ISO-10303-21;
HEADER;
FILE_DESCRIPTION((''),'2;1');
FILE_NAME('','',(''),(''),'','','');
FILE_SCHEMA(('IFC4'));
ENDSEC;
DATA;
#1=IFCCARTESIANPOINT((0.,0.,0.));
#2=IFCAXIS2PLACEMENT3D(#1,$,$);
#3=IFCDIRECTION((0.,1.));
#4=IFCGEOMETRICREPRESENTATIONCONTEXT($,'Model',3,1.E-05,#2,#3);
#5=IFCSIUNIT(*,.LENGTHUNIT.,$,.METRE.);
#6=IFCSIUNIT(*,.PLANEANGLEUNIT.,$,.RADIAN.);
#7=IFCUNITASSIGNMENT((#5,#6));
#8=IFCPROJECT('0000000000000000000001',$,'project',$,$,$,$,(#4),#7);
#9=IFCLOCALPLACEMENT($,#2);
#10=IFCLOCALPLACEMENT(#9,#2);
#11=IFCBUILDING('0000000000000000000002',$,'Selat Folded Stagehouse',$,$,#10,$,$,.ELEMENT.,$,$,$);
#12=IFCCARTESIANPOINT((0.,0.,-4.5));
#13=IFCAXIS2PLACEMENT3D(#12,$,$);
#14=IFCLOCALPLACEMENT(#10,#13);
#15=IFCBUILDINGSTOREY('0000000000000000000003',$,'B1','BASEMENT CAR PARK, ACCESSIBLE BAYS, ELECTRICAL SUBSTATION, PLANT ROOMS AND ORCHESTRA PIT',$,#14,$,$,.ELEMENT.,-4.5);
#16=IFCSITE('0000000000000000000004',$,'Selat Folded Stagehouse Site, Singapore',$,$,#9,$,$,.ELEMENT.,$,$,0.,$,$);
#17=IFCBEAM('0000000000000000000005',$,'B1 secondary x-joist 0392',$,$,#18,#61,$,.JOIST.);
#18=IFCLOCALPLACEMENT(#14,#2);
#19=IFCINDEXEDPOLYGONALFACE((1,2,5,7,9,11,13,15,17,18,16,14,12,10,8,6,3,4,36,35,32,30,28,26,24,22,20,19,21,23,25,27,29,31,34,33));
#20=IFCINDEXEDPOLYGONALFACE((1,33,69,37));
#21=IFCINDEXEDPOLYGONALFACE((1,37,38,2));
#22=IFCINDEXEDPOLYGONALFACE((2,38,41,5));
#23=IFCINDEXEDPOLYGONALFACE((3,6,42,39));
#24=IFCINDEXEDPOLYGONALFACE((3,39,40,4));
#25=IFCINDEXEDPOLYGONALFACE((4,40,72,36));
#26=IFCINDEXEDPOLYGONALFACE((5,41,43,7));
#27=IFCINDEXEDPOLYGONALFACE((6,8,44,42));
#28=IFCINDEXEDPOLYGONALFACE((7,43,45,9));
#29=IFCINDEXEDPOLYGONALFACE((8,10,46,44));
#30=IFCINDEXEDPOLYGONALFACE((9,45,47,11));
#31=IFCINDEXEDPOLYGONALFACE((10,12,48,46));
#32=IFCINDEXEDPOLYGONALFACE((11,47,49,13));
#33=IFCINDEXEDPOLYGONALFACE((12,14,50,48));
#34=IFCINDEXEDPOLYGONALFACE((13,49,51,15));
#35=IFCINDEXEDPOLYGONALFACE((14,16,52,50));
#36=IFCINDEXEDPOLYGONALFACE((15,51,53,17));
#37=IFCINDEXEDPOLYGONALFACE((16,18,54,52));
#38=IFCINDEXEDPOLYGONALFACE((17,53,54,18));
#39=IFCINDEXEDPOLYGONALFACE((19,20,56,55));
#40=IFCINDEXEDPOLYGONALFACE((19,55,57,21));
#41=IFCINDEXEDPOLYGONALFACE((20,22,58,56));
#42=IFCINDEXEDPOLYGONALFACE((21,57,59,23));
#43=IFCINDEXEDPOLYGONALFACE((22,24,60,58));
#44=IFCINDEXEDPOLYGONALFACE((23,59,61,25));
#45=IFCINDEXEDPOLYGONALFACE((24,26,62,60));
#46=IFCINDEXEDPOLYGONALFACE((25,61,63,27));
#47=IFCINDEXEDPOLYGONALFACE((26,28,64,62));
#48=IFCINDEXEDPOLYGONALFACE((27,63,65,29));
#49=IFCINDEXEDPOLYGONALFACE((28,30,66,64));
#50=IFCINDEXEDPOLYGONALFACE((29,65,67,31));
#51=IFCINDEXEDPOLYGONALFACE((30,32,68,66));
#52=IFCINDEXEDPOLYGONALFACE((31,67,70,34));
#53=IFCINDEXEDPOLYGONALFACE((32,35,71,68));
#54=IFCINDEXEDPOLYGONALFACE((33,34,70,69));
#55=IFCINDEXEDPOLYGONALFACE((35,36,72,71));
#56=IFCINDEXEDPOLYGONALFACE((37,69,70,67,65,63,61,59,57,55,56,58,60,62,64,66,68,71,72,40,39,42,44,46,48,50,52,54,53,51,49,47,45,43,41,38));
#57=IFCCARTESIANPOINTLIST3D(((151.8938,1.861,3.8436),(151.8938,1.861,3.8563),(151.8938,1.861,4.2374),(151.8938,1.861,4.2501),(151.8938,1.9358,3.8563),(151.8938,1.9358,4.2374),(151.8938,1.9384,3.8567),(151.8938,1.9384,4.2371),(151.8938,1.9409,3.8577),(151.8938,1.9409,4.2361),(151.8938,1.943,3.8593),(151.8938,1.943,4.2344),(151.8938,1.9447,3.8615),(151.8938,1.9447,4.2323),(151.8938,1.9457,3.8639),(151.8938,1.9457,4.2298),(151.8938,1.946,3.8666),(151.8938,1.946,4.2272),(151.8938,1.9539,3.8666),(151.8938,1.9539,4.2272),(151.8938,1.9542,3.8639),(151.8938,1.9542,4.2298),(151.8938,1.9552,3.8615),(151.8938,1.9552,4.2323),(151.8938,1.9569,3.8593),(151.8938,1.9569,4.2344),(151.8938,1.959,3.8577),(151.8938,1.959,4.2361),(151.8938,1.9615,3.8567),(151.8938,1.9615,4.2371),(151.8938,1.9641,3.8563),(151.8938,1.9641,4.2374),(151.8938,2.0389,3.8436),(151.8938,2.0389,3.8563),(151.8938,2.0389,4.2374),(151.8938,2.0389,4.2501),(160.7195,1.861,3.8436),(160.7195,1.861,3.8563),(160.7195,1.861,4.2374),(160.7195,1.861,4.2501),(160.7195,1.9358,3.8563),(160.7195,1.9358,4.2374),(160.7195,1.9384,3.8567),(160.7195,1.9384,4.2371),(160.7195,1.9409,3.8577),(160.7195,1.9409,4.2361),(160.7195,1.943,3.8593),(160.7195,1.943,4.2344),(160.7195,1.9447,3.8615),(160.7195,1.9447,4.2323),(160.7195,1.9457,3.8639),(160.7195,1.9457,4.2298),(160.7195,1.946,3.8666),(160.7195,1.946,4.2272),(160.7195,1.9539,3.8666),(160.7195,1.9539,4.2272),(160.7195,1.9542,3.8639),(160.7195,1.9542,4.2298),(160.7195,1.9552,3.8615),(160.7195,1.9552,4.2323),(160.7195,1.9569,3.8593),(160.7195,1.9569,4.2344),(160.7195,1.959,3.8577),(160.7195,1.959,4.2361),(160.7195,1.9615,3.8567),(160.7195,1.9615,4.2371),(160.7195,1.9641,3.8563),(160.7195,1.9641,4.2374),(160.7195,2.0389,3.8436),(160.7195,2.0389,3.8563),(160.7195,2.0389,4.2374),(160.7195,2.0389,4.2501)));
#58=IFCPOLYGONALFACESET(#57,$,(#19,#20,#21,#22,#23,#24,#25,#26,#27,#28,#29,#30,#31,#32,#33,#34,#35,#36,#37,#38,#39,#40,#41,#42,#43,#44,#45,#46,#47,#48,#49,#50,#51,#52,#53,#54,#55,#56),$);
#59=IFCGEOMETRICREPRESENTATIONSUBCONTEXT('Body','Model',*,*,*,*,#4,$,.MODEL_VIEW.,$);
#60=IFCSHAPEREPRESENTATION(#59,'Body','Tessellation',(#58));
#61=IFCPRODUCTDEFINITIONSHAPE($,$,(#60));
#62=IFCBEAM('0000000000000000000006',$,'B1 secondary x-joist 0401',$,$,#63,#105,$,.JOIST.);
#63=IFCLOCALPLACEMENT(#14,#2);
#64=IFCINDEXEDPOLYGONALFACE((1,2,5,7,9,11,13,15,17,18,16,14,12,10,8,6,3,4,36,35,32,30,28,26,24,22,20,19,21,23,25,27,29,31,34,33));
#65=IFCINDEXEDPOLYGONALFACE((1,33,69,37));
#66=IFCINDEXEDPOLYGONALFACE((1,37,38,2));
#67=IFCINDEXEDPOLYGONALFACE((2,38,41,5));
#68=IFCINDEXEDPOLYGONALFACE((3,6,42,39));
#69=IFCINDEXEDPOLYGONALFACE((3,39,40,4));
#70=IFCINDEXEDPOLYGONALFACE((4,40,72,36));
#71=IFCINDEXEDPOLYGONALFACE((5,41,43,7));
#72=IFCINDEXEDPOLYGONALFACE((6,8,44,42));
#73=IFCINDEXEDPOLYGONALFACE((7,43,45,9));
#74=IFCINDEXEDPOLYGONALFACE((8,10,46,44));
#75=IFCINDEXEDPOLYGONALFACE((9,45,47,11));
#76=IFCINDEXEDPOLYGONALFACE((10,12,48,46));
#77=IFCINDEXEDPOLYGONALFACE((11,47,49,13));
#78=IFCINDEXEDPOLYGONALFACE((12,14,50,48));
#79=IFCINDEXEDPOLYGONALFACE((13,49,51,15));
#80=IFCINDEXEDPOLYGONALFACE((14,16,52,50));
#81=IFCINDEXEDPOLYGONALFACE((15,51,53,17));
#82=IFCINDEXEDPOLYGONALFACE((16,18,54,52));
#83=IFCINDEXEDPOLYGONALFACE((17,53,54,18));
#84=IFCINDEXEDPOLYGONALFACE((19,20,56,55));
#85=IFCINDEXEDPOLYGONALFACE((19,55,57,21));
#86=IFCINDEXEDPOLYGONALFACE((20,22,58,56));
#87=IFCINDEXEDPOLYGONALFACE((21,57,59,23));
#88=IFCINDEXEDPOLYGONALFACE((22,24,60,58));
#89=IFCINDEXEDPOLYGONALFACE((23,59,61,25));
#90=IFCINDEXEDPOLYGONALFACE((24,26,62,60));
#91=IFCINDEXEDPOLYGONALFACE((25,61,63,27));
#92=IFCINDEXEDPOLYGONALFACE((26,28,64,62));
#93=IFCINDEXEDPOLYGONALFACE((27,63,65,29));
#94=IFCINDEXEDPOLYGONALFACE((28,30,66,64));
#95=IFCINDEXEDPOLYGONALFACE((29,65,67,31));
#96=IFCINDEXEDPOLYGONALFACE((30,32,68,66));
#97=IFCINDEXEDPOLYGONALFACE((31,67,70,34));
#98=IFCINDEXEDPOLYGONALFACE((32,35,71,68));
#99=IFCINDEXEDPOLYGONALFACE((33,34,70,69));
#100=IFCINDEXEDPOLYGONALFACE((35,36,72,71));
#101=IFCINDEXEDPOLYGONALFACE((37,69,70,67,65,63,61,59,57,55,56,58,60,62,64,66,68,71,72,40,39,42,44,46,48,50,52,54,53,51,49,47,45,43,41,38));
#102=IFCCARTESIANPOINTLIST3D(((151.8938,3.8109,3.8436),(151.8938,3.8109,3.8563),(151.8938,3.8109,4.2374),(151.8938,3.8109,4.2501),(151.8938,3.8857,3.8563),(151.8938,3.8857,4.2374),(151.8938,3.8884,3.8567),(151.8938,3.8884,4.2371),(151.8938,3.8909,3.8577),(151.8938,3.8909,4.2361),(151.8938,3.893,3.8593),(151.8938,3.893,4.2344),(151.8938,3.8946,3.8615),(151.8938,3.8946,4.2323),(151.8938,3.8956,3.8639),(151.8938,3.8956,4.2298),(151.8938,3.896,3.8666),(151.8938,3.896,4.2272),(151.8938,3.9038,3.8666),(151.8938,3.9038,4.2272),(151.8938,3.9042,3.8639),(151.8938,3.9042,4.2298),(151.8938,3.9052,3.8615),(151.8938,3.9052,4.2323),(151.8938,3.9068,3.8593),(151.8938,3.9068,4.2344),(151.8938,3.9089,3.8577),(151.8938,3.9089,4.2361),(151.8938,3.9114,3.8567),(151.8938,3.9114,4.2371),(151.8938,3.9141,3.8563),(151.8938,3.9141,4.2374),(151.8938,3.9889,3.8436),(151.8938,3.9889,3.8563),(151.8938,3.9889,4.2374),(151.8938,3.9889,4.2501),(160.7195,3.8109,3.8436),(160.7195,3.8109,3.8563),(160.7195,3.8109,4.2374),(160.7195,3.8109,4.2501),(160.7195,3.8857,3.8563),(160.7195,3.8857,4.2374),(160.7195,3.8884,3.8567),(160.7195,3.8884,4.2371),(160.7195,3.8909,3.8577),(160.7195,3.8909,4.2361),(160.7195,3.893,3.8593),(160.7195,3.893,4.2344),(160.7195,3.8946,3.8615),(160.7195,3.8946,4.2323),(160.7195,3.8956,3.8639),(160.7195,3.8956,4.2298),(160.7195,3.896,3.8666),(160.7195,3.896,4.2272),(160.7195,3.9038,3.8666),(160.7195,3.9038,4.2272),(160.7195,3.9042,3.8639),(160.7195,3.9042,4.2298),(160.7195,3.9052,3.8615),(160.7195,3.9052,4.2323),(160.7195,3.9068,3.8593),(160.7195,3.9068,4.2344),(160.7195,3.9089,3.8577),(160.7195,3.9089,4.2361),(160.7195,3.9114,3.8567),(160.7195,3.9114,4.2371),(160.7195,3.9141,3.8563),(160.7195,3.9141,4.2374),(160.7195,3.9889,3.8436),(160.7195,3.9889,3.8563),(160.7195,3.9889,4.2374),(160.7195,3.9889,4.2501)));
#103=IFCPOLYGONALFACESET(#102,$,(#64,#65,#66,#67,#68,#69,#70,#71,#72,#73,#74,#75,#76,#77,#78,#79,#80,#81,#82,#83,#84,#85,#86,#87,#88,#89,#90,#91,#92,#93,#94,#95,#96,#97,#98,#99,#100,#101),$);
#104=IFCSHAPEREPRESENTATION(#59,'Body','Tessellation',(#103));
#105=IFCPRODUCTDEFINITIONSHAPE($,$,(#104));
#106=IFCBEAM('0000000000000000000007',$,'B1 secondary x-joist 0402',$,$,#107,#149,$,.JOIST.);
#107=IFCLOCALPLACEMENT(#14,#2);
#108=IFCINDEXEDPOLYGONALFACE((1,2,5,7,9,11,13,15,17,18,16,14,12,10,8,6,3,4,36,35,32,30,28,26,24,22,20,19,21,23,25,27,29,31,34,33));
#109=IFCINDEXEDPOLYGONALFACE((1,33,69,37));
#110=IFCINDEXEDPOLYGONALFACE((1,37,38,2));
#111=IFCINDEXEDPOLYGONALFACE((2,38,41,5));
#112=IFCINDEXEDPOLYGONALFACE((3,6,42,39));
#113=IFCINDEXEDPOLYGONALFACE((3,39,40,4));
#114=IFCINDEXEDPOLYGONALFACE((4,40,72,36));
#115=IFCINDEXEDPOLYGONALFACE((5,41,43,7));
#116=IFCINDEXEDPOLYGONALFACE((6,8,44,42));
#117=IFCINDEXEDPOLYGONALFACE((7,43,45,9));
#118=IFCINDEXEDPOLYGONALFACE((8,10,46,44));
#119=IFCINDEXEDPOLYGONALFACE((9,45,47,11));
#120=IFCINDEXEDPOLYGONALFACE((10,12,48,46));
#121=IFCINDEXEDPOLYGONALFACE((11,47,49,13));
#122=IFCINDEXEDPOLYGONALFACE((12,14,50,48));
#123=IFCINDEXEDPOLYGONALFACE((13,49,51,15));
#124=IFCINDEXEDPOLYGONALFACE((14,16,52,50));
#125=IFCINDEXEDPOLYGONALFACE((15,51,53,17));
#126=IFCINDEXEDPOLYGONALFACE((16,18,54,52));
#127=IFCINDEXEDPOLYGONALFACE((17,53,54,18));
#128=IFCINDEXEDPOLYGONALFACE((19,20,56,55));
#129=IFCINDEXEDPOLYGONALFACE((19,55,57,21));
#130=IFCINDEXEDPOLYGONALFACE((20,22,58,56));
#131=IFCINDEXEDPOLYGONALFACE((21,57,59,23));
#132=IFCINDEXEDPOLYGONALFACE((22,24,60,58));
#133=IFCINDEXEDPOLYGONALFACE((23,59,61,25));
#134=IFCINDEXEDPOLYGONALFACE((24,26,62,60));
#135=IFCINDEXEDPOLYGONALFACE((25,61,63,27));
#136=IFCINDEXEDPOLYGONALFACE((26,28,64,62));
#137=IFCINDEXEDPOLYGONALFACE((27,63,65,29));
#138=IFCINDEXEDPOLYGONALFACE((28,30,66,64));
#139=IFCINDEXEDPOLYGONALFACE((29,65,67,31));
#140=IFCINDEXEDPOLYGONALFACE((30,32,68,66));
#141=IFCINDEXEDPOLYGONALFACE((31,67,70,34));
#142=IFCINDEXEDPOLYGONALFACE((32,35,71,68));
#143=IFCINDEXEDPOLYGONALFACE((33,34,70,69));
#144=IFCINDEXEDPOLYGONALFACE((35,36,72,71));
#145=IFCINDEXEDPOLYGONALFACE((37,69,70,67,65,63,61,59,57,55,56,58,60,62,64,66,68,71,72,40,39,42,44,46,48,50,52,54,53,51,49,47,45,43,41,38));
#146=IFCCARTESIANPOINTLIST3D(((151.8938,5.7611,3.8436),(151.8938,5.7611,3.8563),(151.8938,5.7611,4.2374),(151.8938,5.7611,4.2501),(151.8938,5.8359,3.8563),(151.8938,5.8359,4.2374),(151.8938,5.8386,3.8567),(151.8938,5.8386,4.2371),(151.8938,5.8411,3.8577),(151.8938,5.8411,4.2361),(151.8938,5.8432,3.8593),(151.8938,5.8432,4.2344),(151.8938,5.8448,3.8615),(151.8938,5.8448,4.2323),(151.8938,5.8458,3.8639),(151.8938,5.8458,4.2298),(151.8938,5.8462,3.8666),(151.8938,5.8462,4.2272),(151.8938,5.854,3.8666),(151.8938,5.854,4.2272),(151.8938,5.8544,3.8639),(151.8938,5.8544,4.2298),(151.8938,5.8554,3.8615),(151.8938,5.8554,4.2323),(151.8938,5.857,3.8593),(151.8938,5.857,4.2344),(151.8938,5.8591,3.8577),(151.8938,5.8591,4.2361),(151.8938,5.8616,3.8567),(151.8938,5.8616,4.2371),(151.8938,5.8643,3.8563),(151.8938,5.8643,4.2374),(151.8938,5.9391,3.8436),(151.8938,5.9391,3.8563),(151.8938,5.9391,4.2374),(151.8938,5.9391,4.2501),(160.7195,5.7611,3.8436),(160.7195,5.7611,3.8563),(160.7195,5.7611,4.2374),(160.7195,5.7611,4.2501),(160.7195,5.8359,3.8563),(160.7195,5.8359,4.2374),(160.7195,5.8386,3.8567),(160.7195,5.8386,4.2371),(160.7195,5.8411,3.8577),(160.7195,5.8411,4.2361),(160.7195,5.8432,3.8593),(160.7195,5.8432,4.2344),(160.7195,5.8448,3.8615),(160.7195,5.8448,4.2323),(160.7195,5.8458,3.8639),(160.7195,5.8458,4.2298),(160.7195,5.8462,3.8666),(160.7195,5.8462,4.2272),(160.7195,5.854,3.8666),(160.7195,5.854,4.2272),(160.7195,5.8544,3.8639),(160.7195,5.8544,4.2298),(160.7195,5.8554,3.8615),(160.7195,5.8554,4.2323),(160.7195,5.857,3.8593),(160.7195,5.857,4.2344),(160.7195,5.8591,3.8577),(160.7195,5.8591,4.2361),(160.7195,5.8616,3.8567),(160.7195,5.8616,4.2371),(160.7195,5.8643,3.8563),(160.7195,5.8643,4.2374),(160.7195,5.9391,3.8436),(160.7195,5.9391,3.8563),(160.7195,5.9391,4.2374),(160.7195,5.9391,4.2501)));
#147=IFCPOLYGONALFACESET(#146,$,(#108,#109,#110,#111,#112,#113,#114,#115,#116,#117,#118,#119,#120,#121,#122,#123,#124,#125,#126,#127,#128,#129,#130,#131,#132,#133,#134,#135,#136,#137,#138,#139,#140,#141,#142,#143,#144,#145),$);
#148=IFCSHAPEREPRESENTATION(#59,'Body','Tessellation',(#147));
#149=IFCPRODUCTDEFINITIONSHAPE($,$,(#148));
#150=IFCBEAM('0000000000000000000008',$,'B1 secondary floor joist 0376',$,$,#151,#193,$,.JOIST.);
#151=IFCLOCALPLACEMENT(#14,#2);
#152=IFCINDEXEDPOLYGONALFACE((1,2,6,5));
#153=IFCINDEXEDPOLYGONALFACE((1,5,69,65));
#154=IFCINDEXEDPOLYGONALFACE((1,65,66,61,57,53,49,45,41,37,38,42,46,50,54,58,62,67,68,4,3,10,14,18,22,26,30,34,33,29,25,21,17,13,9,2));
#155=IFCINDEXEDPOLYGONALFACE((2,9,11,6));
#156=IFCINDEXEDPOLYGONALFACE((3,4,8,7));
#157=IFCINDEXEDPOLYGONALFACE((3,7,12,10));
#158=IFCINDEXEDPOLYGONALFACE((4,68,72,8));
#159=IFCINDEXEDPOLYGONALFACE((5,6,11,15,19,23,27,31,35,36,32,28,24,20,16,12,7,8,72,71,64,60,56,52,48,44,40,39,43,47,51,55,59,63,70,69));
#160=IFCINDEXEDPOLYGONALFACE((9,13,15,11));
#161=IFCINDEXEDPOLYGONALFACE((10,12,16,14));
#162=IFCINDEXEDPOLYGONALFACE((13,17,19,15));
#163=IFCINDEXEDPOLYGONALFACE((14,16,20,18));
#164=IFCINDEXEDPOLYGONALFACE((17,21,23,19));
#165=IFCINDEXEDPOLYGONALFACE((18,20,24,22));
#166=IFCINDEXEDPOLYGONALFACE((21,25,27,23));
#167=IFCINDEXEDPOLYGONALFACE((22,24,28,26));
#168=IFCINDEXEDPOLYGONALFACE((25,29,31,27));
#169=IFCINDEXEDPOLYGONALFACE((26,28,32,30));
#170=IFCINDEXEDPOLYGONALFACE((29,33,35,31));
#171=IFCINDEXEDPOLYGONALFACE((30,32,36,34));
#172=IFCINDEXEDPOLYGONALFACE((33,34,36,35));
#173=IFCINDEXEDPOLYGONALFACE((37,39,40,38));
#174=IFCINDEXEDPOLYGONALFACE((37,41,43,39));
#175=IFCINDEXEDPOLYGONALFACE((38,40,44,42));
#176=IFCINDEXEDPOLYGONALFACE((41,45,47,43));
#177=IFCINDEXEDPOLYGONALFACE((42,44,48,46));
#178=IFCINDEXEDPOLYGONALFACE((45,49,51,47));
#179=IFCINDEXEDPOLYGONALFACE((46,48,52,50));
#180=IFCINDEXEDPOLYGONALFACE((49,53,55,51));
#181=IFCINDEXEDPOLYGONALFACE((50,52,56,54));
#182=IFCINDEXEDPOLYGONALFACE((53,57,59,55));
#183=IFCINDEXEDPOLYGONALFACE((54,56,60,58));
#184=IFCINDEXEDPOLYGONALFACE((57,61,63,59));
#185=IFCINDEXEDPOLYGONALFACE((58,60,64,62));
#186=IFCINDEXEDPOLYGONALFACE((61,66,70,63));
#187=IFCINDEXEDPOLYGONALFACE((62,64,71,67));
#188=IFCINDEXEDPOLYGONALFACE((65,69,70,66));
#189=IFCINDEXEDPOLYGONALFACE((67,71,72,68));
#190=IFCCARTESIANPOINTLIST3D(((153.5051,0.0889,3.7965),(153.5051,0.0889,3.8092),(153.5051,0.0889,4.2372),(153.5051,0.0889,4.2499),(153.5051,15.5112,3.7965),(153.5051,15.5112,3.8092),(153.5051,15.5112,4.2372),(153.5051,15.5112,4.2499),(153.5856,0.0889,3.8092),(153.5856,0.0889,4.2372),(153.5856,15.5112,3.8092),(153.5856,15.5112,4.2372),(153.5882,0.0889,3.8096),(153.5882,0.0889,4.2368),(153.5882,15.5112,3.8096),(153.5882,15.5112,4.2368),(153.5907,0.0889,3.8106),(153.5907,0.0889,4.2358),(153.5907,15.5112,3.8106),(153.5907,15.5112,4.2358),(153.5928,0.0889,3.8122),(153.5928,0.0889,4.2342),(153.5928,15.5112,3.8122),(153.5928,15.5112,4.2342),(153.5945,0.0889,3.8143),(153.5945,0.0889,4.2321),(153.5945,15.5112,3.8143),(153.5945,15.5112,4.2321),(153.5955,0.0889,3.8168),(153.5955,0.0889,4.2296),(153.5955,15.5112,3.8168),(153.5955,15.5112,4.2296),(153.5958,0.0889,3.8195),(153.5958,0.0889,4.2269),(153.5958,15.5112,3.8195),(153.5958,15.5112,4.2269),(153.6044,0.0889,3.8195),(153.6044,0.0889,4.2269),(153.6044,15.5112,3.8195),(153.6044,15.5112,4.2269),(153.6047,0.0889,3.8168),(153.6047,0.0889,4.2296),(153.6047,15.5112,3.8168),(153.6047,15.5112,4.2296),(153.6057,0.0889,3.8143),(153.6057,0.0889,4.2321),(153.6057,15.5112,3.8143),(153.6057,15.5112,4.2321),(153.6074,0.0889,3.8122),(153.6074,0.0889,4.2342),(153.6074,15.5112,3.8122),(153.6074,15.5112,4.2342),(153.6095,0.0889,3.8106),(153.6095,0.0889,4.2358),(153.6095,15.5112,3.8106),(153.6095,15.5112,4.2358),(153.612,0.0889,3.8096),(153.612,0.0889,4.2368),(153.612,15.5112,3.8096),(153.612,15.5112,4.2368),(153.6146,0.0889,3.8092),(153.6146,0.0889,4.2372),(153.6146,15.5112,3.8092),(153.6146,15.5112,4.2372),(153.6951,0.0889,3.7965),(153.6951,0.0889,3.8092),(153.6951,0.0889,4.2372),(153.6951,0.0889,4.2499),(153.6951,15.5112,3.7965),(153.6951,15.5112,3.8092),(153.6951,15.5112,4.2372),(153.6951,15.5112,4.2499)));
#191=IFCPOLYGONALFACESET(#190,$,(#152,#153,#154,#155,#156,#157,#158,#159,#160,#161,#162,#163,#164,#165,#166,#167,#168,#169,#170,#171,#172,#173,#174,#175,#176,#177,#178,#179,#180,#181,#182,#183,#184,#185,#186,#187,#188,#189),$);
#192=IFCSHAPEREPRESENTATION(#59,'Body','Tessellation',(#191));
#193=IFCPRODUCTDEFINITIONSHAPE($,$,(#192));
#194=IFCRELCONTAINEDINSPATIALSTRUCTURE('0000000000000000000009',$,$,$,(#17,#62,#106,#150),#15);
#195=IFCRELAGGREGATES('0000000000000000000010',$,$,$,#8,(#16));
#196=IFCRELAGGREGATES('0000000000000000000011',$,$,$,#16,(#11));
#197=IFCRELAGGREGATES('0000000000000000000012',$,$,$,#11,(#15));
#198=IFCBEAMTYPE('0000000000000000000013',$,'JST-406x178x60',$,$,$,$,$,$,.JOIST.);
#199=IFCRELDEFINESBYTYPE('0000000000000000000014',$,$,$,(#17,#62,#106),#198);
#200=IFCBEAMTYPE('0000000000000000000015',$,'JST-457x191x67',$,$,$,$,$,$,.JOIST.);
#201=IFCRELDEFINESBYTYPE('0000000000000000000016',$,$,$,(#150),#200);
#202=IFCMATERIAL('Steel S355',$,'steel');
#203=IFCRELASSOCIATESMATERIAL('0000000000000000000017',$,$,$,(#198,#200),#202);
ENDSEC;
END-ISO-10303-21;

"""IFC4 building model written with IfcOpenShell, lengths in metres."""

from ifc_helpers import new_model, si_unit, direction, frame, origin, origin_2d, place, context, subcontext, project, spatial, i_section, extrude, material, material_profile, profile_set, type_object, element, save


model = new_model("IFC4")

# Units and contexts
model_context = context("Model", 3, precision=1e-05, world=origin(), true_north=direction((0.0, 1.0)))
body_context = subcontext(model_context, "Body", "Model", "MODEL_VIEW")
ifc_project = project(units=[si_unit("LENGTHUNIT", "METRE"), si_unit("PLANEANGLEUNIT", "RADIAN")], contexts=[model_context])

# Site, building, storey
site_placement = place(None, origin())
site = spatial("IfcSite", under=ifc_project, at=site_placement, Name="Selat Folded Stagehouse Site, Singapore", CompositionType="ELEMENT", RefElevation=0.0)
building_placement = place(site_placement, origin())
building = spatial("IfcBuilding", under=site, at=building_placement, Name="Selat Folded Stagehouse", CompositionType="ELEMENT")
storey_placement = place(building_placement, frame((0.0, 0.0, -4.5)))
storey = spatial("IfcBuildingStorey", under=building, at=storey_placement, Name="B1", Description="BASEMENT CAR PARK, ACCESSIBLE BAYS, ELECTRICAL SUBSTATION, PLANT ROOMS AND ORCHESTRA PIT", CompositionType="ELEMENT", Elevation=-4.5)

# Shared definitions
ifc_material_1 = material(Name="Steel S355", Category="steel")

# Beams
ifc_material_profile_1 = material_profile(ifc_material_1, i_section(OverallWidth=0.178, OverallDepth=0.4065, WebThickness=0.0078, FlangeThickness=0.0127, FilletRadius=0.0103, at=origin_2d()), Name="UKB 406x178x60")
ifc_profile_set_1 = profile_set([ifc_material_profile_1], Name="Steel S355")
beam_type_1 = type_object("IfcBeamType", Name="JST-406x178x60", PredefinedType="JOIST", material=ifc_profile_set_1)
for number, where, z_axis, x_axis, name in (
    (1, (151.8938, 1.95, 4.0469), (1.0, 0.0, 0.0), (0.0, 1.0, 0.0), "B1 secondary x-joist 0392"),
    (2, (151.8938, 3.8999, 4.0469), (1.0, 0.0, 0.0), (0.0, 1.0, 0.0), "B1 secondary x-joist 0401"),
    (3, (151.8938, 5.8501, 4.0469), (1.0, 0.0, 0.0), (0.0, 1.0, 0.0), "B1 secondary x-joist 0402"),
):
    element("IfcBeam", number, at=place(storey_placement, frame(where, z_axis=z_axis, x_axis=x_axis)), inside=storey, type_object=beam_type_1, Name=name, PredefinedType="JOIST", context=body_context, shape_type="SweptSolid", body=[
        extrude(i_section(OverallWidth=0.178, OverallDepth=0.4065, WebThickness=0.0078, FlangeThickness=0.0127, FilletRadius=0.0103, at=origin_2d()), origin(), (0.0, 0.0, 1.0), 8.8257),
    ])
ifc_material_profile_2 = material_profile(ifc_material_1, i_section(OverallWidth=0.1899, OverallDepth=0.4534, WebThickness=0.0085, FlangeThickness=0.0127, FilletRadius=0.0103, at=origin_2d()), Name="UKB 457x191x67")
ifc_profile_set_2 = profile_set([ifc_material_profile_2], Name="Steel S355")
beam_type_2 = type_object("IfcBeamType", Name="JST-457x191x67", PredefinedType="JOIST", material=ifc_profile_set_2)
for number, where, z_axis, x_axis, name in (
    (4, (153.6001, 0.0889, 4.0232), (0.0, 1.0, 0.0), (-1.0, 0.0, 0.0), "B1 secondary floor joist 0376"),
):
    element("IfcBeam", number, at=place(storey_placement, frame(where, z_axis=z_axis, x_axis=x_axis)), inside=storey, type_object=beam_type_2, Name=name, PredefinedType="JOIST", context=body_context, shape_type="SweptSolid", body=[
        extrude(i_section(OverallWidth=0.1899, OverallDepth=0.4534, WebThickness=0.0085, FlangeThickness=0.0127, FilletRadius=0.0103, at=origin_2d()), origin(), (0.0, 0.0, 1.0), 15.4224),
    ])

save(model, "model.ifc")
